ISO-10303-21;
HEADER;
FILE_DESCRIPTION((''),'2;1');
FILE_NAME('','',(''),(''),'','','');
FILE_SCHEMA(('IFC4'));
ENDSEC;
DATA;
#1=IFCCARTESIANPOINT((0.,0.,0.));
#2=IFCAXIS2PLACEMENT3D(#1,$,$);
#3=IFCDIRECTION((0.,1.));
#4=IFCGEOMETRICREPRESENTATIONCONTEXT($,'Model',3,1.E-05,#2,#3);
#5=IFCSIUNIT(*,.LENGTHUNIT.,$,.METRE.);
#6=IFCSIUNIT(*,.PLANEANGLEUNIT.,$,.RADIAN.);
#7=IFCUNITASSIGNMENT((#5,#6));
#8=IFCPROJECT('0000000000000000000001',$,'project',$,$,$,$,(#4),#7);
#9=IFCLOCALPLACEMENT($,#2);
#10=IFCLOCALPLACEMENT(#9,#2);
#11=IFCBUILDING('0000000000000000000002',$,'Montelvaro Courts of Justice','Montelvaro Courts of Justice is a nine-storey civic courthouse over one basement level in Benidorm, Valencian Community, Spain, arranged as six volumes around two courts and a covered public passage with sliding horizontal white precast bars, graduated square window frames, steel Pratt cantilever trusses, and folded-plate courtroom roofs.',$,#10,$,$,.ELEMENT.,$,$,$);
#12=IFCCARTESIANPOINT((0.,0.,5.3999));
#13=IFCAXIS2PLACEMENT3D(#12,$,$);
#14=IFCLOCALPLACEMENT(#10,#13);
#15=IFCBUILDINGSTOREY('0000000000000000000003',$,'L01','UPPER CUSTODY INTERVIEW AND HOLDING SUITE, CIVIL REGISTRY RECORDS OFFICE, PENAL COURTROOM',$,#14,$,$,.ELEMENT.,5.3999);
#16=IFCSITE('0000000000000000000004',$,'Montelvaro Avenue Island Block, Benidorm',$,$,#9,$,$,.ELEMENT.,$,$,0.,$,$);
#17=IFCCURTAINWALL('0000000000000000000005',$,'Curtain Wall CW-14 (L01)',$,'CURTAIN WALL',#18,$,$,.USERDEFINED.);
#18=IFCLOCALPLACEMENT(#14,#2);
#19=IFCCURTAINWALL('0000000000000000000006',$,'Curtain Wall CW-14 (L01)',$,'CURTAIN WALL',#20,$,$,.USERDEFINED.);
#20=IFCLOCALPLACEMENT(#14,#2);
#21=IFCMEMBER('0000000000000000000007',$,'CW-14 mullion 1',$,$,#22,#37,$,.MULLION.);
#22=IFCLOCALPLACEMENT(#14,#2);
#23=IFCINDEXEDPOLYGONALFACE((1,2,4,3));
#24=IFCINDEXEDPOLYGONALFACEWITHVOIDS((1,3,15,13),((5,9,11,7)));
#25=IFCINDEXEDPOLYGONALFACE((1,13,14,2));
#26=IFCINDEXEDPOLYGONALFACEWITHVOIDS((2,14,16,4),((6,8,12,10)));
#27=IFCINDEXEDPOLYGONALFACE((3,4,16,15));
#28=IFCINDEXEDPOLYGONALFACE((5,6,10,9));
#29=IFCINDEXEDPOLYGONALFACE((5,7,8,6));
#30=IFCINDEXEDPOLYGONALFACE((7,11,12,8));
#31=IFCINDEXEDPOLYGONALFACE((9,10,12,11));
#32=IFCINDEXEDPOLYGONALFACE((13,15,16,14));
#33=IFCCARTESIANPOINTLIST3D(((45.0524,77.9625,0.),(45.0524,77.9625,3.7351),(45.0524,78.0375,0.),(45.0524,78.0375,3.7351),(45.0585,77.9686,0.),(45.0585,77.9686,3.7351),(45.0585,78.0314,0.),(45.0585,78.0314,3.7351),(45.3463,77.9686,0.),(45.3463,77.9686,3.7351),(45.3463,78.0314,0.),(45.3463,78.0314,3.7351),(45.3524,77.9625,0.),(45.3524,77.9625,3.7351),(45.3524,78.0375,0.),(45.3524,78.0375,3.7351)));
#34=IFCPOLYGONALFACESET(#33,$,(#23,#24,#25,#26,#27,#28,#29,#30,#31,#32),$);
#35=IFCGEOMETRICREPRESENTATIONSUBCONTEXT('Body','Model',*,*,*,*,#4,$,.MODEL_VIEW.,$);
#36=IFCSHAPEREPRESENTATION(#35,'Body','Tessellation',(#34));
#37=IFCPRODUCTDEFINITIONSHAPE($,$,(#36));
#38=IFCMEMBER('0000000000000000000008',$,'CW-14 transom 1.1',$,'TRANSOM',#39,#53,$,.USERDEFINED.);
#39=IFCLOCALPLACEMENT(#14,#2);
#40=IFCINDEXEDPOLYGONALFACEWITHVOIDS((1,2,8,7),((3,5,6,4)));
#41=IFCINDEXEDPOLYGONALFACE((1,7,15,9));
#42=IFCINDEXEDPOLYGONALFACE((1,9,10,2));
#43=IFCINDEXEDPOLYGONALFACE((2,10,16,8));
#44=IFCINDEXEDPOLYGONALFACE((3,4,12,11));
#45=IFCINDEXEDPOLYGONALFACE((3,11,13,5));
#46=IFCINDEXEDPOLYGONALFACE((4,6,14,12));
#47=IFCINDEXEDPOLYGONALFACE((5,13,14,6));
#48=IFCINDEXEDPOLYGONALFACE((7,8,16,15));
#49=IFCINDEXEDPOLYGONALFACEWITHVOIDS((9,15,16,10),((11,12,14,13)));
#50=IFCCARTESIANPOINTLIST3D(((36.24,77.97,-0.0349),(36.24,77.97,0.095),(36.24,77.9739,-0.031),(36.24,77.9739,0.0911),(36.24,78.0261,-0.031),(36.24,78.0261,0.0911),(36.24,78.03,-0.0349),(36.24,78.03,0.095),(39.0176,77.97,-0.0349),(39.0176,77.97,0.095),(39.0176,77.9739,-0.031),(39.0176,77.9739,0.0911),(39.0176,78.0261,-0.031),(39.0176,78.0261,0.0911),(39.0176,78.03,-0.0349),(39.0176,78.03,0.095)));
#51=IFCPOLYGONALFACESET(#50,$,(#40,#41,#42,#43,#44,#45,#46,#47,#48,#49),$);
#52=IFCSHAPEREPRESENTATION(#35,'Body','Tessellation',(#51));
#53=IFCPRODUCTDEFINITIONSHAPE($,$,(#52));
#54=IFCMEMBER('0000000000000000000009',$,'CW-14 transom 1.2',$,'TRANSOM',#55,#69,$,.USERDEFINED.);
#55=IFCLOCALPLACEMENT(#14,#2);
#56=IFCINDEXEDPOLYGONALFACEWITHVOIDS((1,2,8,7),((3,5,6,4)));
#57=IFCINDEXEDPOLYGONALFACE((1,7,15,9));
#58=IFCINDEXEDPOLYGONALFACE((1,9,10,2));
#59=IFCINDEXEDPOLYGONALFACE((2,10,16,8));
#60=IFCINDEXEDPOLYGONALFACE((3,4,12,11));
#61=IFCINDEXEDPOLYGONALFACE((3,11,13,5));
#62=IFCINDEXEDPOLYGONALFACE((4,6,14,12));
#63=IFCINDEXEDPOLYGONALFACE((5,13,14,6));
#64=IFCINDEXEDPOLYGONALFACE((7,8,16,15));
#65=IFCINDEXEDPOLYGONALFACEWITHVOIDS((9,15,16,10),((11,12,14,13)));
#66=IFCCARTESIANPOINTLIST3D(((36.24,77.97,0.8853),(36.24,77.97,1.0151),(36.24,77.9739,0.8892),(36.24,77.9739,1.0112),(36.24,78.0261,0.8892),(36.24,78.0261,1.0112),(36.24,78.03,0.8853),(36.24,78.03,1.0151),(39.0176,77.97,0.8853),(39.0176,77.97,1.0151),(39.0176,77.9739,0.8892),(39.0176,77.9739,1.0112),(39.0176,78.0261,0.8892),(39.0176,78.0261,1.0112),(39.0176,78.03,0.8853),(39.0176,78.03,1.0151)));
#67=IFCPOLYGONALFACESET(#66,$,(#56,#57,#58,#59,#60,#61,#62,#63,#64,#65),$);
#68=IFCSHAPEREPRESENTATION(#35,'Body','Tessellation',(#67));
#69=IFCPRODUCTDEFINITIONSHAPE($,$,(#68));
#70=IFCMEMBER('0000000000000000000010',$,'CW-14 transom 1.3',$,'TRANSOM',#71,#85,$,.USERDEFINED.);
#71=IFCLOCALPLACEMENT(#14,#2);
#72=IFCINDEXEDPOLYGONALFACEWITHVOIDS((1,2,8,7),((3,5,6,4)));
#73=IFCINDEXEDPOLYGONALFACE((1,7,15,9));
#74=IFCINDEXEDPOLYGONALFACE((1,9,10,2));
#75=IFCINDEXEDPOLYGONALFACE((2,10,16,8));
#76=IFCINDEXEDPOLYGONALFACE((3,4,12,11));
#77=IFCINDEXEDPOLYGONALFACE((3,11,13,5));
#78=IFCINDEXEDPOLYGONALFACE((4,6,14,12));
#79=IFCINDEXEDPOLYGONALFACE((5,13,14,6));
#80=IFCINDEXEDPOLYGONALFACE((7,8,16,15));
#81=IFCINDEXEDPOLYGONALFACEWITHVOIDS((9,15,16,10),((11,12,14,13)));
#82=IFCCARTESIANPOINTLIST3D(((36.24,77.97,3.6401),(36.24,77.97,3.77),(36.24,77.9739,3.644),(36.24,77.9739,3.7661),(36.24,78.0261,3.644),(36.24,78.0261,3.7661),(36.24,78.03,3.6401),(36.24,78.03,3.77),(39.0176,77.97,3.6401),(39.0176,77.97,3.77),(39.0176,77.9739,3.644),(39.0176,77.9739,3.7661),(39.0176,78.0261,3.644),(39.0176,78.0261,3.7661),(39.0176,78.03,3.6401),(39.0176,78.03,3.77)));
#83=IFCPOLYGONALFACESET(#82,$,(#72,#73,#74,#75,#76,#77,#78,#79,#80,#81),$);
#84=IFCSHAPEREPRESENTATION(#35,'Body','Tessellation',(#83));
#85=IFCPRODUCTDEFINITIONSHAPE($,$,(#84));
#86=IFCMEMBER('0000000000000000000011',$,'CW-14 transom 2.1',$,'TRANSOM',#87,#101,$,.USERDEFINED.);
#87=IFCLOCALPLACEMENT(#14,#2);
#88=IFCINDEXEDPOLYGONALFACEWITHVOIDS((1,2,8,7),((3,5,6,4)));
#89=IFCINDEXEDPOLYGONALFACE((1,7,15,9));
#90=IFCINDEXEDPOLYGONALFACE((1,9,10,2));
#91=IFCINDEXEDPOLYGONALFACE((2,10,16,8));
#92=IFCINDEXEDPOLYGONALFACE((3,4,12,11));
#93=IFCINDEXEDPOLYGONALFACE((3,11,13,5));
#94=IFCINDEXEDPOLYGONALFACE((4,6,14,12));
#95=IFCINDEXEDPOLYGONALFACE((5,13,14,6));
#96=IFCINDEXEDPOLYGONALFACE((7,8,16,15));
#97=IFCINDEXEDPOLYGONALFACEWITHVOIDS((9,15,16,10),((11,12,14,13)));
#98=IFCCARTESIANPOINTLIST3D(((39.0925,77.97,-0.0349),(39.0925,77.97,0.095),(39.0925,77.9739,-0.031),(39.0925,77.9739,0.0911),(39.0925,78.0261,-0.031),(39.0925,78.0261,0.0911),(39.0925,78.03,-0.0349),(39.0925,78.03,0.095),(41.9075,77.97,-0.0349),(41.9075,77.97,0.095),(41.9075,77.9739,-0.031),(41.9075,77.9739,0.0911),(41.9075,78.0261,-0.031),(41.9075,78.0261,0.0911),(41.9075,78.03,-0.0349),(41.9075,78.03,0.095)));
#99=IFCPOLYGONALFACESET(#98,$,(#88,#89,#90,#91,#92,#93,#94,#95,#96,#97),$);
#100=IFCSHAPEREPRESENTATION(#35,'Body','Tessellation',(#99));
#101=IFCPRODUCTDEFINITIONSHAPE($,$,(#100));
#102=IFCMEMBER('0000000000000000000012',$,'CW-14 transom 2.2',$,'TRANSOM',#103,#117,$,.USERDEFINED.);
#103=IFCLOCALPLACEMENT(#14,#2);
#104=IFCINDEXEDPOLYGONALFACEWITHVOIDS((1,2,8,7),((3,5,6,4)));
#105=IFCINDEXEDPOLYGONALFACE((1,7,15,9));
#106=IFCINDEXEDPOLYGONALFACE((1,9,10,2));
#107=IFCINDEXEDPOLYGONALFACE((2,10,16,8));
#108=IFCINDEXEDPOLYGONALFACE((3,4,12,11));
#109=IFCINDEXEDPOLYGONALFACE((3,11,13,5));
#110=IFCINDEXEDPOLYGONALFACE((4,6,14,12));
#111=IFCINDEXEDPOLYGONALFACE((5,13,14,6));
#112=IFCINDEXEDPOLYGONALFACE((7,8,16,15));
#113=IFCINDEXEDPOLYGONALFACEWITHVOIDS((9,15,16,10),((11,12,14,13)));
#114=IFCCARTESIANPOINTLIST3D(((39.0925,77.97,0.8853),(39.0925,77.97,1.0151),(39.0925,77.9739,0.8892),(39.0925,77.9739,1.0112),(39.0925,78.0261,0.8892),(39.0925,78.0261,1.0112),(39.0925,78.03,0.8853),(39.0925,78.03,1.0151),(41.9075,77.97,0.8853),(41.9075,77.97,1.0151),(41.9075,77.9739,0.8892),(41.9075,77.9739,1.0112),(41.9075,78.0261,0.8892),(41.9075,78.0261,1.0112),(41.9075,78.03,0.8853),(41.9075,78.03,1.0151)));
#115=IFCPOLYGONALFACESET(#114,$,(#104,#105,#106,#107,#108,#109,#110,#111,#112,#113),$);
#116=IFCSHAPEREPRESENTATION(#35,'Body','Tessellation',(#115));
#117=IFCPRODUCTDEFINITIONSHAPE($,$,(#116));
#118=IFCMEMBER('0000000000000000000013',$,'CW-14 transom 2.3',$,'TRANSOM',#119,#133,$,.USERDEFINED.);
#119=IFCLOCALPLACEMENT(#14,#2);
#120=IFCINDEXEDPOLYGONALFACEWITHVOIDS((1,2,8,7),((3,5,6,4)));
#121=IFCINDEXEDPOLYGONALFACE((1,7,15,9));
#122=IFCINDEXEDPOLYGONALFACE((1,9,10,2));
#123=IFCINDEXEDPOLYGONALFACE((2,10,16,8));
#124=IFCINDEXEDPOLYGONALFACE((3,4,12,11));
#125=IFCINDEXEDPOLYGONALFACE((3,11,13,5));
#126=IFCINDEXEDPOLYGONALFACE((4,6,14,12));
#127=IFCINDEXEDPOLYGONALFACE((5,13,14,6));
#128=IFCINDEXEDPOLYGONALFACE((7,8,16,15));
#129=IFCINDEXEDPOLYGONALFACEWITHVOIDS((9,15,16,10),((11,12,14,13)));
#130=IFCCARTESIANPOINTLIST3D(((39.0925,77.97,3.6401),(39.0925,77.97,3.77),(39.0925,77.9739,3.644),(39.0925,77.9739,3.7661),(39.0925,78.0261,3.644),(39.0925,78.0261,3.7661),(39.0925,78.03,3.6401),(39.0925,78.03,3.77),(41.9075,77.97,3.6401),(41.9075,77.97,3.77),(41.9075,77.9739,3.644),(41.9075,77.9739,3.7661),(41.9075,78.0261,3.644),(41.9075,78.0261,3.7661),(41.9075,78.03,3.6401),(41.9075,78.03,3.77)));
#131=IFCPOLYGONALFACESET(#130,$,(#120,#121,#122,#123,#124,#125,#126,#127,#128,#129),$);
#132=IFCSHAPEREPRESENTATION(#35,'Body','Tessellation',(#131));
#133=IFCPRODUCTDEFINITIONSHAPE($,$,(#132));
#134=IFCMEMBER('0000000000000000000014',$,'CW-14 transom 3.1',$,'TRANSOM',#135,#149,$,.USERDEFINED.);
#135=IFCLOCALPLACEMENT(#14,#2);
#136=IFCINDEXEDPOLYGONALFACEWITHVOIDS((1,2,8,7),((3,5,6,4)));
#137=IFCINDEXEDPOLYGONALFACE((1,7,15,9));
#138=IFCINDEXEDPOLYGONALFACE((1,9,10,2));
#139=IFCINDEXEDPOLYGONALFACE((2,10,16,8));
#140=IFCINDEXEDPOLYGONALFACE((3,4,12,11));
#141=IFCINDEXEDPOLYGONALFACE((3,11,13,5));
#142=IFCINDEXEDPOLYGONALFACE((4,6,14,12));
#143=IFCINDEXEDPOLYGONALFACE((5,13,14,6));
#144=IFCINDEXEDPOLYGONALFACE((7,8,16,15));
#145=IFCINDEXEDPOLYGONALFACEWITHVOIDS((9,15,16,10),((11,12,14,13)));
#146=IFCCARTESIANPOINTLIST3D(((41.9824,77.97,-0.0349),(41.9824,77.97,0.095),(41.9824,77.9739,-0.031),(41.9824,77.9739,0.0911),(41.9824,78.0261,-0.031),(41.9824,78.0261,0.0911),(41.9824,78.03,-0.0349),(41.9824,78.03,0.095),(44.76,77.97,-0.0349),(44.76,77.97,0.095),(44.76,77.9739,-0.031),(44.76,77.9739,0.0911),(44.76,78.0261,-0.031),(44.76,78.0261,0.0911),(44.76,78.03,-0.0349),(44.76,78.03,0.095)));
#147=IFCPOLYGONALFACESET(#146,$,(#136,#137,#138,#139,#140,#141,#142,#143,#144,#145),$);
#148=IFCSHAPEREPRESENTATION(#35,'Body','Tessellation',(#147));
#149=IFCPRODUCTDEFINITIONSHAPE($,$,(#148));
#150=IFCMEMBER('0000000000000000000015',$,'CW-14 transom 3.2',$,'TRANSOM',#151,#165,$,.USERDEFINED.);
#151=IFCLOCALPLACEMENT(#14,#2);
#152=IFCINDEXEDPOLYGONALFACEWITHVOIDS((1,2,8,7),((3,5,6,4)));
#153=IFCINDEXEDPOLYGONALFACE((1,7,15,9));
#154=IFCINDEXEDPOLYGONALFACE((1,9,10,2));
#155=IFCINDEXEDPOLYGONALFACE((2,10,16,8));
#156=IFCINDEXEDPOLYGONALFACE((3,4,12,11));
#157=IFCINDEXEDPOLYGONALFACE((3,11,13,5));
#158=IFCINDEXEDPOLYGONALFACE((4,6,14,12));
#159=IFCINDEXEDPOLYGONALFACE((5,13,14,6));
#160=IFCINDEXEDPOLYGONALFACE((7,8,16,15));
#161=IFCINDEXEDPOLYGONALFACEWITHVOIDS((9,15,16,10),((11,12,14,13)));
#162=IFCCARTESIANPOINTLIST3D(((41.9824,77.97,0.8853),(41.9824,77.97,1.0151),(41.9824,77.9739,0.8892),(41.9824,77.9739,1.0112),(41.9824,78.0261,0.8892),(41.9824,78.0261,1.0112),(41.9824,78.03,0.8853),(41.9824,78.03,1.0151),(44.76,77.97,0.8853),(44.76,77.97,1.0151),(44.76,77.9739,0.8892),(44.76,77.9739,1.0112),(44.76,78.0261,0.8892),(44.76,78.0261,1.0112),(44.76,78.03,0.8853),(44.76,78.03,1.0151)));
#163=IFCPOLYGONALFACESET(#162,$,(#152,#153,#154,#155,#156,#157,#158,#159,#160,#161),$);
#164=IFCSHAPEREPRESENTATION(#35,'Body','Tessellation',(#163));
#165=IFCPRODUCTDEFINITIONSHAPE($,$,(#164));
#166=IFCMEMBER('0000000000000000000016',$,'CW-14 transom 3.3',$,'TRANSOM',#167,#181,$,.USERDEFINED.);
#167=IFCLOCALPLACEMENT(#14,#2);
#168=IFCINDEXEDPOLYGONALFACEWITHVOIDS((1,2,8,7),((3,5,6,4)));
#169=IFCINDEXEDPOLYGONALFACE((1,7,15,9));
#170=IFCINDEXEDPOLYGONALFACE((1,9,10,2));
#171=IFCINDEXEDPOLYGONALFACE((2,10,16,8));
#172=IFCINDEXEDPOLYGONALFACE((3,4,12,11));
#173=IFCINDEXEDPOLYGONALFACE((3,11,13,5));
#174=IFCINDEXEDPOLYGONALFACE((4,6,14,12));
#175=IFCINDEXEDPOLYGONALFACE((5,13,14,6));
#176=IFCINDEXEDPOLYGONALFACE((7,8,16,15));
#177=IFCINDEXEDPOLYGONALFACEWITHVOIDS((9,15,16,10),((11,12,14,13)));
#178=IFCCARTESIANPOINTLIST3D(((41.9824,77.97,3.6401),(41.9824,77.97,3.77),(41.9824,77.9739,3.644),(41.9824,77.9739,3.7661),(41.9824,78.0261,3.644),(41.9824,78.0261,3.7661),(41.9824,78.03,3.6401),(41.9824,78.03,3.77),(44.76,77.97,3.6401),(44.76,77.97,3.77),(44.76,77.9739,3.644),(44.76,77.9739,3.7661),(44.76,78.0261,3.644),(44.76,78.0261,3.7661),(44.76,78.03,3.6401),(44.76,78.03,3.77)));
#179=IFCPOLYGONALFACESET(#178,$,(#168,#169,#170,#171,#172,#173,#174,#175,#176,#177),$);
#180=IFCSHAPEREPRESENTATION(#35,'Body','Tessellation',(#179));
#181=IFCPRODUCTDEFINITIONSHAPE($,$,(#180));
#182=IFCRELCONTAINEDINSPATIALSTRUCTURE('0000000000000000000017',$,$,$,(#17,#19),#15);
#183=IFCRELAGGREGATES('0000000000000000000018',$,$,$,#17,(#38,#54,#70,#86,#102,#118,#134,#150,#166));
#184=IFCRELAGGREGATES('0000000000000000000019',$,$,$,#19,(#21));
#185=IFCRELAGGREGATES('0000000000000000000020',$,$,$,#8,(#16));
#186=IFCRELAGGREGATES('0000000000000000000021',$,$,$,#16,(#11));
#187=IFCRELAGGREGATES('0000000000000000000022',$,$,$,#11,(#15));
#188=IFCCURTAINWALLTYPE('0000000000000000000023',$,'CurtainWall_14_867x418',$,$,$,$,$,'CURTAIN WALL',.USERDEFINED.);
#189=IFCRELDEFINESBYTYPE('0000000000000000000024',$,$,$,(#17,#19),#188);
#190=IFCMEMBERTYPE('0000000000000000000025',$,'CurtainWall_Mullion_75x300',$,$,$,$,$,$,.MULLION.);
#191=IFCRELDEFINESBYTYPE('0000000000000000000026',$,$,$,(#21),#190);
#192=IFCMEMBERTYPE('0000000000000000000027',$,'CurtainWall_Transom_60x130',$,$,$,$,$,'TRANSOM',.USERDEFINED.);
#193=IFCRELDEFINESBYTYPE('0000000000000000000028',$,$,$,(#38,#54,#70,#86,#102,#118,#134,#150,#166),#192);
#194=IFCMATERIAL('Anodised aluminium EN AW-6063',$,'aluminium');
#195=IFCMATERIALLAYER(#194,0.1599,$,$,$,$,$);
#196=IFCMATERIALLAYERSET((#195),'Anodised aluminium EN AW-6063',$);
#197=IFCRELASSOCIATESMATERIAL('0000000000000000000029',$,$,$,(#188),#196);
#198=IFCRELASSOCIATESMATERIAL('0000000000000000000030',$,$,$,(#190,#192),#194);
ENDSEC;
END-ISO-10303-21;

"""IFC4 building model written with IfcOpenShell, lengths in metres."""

from ifc_helpers import new_model, si_unit, direction, frame, origin, origin_2d, place, context, subcontext, project, spatial, hollow_rectangle, extrude, material, layer, layer_set, material_profile, profile_set, type_object, element, aggregate, save


model = new_model("IFC4")

# Units and contexts
model_context = context("Model", 3, precision=1e-05, world=origin(), true_north=direction((0.0, 1.0)))
body_context = subcontext(model_context, "Body", "Model", "MODEL_VIEW")
ifc_project = project(units=[si_unit("LENGTHUNIT", "METRE"), si_unit("PLANEANGLEUNIT", "RADIAN")], contexts=[model_context])

# Site, building, storey
site_placement = place(None, origin())
site = spatial("IfcSite", under=ifc_project, at=site_placement, Name="Montelvaro Avenue Island Block, Benidorm", CompositionType="ELEMENT", RefElevation=0.0)
building_placement = place(site_placement, origin())
building = spatial("IfcBuilding", under=site, at=building_placement, Name="Montelvaro Courts of Justice", Description="Montelvaro Courts of Justice is a nine-storey civic courthouse over one basement level in Benidorm, Valencian Community, Spain, arranged as six volumes around two courts and a covered public passage with sliding horizontal white precast bars, graduated square window frames, steel Pratt cantilever trusses, and folded-plate courtroom roofs.", CompositionType="ELEMENT")
storey_placement = place(building_placement, frame((0.0, 0.0, 5.3999)))
storey = spatial("IfcBuildingStorey", under=building, at=storey_placement, Name="L01", Description="UPPER CUSTODY INTERVIEW AND HOLDING SUITE, CIVIL REGISTRY RECORDS OFFICE, PENAL COURTROOM", CompositionType="ELEMENT", Elevation=5.3999)

# Curtain wall
ifc_material_1 = material(Name="Anodised aluminium EN AW-6063", Category="aluminium")
ifc_layer_1 = layer(ifc_material_1, 0.1599)
ifc_layer_set_1 = layer_set([ifc_layer_1], Name="Anodised aluminium EN AW-6063")
curtain_wall_type = type_object("IfcCurtainWallType", Name="CurtainWall_14_867x418", ElementType="CURTAIN WALL", PredefinedType="USERDEFINED", material=ifc_layer_set_1)
curtain_wall_1_placement = place(storey_placement, origin())
curtain_wall_1 = element("IfcCurtainWall", 1, at=curtain_wall_1_placement, inside=storey, type_object=curtain_wall_type, Name="Curtain Wall CW-14 (L01)", ObjectType="CURTAIN WALL", PredefinedType="USERDEFINED")

# Curtain wall, member
curtain_wall_2_placement = place(storey_placement, origin())
curtain_wall_2 = element("IfcCurtainWall", 2, at=curtain_wall_2_placement, inside=storey, type_object=curtain_wall_type, Name="Curtain Wall CW-14 (L01)", ObjectType="CURTAIN WALL", PredefinedType="USERDEFINED")
ifc_material_profile_1 = material_profile(ifc_material_1, hollow_rectangle(XDim=0.075, YDim=0.3, WallThickness=0.0061, at=origin_2d()), Name="ALU-M 75x300")
ifc_profile_set_1 = profile_set([ifc_material_profile_1], Name="Anodised aluminium EN AW-6063")
member_type_1 = type_object("IfcMemberType", Name="CurtainWall_Mullion_75x300", PredefinedType="MULLION", material=ifc_profile_set_1)
member_1_placement = place(storey_placement, frame((45.2024, 78.0, 0.0), z_axis=(0.0, 0.0, 1.0), x_axis=(0.0, 1.0, 0.0)))
member_1 = element("IfcMember", 3, at=member_1_placement, type_object=member_type_1, Name="CW-14 mullion 1", PredefinedType="MULLION", context=body_context, shape_type="SweptSolid", body=[
    extrude(hollow_rectangle(XDim=0.075, YDim=0.3, WallThickness=0.0061, at=origin_2d()), origin(), (0.0, 0.0, 1.0), 3.7351),
])

# Members
ifc_material_profile_2 = material_profile(ifc_material_1, hollow_rectangle(XDim=0.0601, YDim=0.1299, WallThickness=0.0039, at=origin_2d()), Name="ALU-T 60x130")
ifc_profile_set_2 = profile_set([ifc_material_profile_2], Name="Anodised aluminium EN AW-6063")
member_type_2 = type_object("IfcMemberType", Name="CurtainWall_Transom_60x130", ElementType="TRANSOM", PredefinedType="USERDEFINED", material=ifc_profile_set_2)
member_2_placement = place(storey_placement, frame((36.24, 78.0, 0.03), z_axis=(1.0, 0.0, 0.0), x_axis=(0.0, 1.0, 0.0)))
member_2 = element("IfcMember", 4, at=member_2_placement, type_object=member_type_2, Name="CW-14 transom 1.1", ObjectType="TRANSOM", PredefinedType="USERDEFINED", context=body_context, shape_type="SweptSolid", body=[
    extrude(hollow_rectangle(XDim=0.0601, YDim=0.1299, WallThickness=0.0039, at=origin_2d()), origin(), (0.0, 0.0, 1.0), 2.7776),
])
member_3_placement = place(storey_placement, frame((36.24, 78.0, 0.9502), z_axis=(1.0, 0.0, 0.0), x_axis=(0.0, 1.0, 0.0)))
member_3 = element("IfcMember", 5, at=member_3_placement, type_object=member_type_2, Name="CW-14 transom 1.2", ObjectType="TRANSOM", PredefinedType="USERDEFINED", context=body_context, shape_type="SweptSolid", body=[
    extrude(hollow_rectangle(XDim=0.0601, YDim=0.1299, WallThickness=0.0039, at=origin_2d()), origin(), (0.0, 0.0, 1.0), 2.7776),
])
member_4_placement = place(storey_placement, frame((36.24, 78.0, 3.7051), z_axis=(1.0, 0.0, 0.0), x_axis=(0.0, 1.0, 0.0)))
member_4 = element("IfcMember", 6, at=member_4_placement, type_object=member_type_2, Name="CW-14 transom 1.3", ObjectType="TRANSOM", PredefinedType="USERDEFINED", context=body_context, shape_type="SweptSolid", body=[
    extrude(hollow_rectangle(XDim=0.0601, YDim=0.1299, WallThickness=0.0039, at=origin_2d()), origin(), (0.0, 0.0, 1.0), 2.7776),
])
member_5_placement = place(storey_placement, frame((39.0925, 78.0, 0.03), z_axis=(1.0, 0.0, 0.0), x_axis=(0.0, 1.0, 0.0)))
member_5 = element("IfcMember", 7, at=member_5_placement, type_object=member_type_2, Name="CW-14 transom 2.1", ObjectType="TRANSOM", PredefinedType="USERDEFINED", context=body_context, shape_type="SweptSolid", body=[
    extrude(hollow_rectangle(XDim=0.0601, YDim=0.1299, WallThickness=0.0039, at=origin_2d()), origin(), (0.0, 0.0, 1.0), 2.8149),
])
member_6_placement = place(storey_placement, frame((39.0925, 78.0, 0.9502), z_axis=(1.0, 0.0, 0.0), x_axis=(0.0, 1.0, 0.0)))
member_6 = element("IfcMember", 8, at=member_6_placement, type_object=member_type_2, Name="CW-14 transom 2.2", ObjectType="TRANSOM", PredefinedType="USERDEFINED", context=body_context, shape_type="SweptSolid", body=[
    extrude(hollow_rectangle(XDim=0.0601, YDim=0.1299, WallThickness=0.0039, at=origin_2d()), origin(), (0.0, 0.0, 1.0), 2.8149),
])
member_7_placement = place(storey_placement, frame((39.0925, 78.0, 3.7051), z_axis=(1.0, 0.0, 0.0), x_axis=(0.0, 1.0, 0.0)))
member_7 = element("IfcMember", 9, at=member_7_placement, type_object=member_type_2, Name="CW-14 transom 2.3", ObjectType="TRANSOM", PredefinedType="USERDEFINED", context=body_context, shape_type="SweptSolid", body=[
    extrude(hollow_rectangle(XDim=0.0601, YDim=0.1299, WallThickness=0.0039, at=origin_2d()), origin(), (0.0, 0.0, 1.0), 2.8149),
])
member_8_placement = place(storey_placement, frame((41.9824, 78.0, 0.03), z_axis=(1.0, 0.0, 0.0), x_axis=(0.0, 1.0, 0.0)))
member_8 = element("IfcMember", 10, at=member_8_placement, type_object=member_type_2, Name="CW-14 transom 3.1", ObjectType="TRANSOM", PredefinedType="USERDEFINED", context=body_context, shape_type="SweptSolid", body=[
    extrude(hollow_rectangle(XDim=0.0601, YDim=0.1299, WallThickness=0.0039, at=origin_2d()), origin(), (0.0, 0.0, 1.0), 2.7776),
])
member_9_placement = place(storey_placement, frame((41.9824, 78.0, 0.9502), z_axis=(1.0, 0.0, 0.0), x_axis=(0.0, 1.0, 0.0)))
member_9 = element("IfcMember", 11, at=member_9_placement, type_object=member_type_2, Name="CW-14 transom 3.2", ObjectType="TRANSOM", PredefinedType="USERDEFINED", context=body_context, shape_type="SweptSolid", body=[
    extrude(hollow_rectangle(XDim=0.0601, YDim=0.1299, WallThickness=0.0039, at=origin_2d()), origin(), (0.0, 0.0, 1.0), 2.7776),
])
member_10_placement = place(storey_placement, frame((41.9824, 78.0, 3.7051), z_axis=(1.0, 0.0, 0.0), x_axis=(0.0, 1.0, 0.0)))
member_10 = element("IfcMember", 12, at=member_10_placement, type_object=member_type_2, Name="CW-14 transom 3.3", ObjectType="TRANSOM", PredefinedType="USERDEFINED", context=body_context, shape_type="SweptSolid", body=[
    extrude(hollow_rectangle(XDim=0.0601, YDim=0.1299, WallThickness=0.0039, at=origin_2d()), origin(), (0.0, 0.0, 1.0), 2.7776),
])

aggregate(curtain_wall_1, [member_2, member_3, member_4, member_5, member_6, member_7, member_8, member_9, member_10])
aggregate(curtain_wall_2, [member_1])

save(model, "model.ifc")
